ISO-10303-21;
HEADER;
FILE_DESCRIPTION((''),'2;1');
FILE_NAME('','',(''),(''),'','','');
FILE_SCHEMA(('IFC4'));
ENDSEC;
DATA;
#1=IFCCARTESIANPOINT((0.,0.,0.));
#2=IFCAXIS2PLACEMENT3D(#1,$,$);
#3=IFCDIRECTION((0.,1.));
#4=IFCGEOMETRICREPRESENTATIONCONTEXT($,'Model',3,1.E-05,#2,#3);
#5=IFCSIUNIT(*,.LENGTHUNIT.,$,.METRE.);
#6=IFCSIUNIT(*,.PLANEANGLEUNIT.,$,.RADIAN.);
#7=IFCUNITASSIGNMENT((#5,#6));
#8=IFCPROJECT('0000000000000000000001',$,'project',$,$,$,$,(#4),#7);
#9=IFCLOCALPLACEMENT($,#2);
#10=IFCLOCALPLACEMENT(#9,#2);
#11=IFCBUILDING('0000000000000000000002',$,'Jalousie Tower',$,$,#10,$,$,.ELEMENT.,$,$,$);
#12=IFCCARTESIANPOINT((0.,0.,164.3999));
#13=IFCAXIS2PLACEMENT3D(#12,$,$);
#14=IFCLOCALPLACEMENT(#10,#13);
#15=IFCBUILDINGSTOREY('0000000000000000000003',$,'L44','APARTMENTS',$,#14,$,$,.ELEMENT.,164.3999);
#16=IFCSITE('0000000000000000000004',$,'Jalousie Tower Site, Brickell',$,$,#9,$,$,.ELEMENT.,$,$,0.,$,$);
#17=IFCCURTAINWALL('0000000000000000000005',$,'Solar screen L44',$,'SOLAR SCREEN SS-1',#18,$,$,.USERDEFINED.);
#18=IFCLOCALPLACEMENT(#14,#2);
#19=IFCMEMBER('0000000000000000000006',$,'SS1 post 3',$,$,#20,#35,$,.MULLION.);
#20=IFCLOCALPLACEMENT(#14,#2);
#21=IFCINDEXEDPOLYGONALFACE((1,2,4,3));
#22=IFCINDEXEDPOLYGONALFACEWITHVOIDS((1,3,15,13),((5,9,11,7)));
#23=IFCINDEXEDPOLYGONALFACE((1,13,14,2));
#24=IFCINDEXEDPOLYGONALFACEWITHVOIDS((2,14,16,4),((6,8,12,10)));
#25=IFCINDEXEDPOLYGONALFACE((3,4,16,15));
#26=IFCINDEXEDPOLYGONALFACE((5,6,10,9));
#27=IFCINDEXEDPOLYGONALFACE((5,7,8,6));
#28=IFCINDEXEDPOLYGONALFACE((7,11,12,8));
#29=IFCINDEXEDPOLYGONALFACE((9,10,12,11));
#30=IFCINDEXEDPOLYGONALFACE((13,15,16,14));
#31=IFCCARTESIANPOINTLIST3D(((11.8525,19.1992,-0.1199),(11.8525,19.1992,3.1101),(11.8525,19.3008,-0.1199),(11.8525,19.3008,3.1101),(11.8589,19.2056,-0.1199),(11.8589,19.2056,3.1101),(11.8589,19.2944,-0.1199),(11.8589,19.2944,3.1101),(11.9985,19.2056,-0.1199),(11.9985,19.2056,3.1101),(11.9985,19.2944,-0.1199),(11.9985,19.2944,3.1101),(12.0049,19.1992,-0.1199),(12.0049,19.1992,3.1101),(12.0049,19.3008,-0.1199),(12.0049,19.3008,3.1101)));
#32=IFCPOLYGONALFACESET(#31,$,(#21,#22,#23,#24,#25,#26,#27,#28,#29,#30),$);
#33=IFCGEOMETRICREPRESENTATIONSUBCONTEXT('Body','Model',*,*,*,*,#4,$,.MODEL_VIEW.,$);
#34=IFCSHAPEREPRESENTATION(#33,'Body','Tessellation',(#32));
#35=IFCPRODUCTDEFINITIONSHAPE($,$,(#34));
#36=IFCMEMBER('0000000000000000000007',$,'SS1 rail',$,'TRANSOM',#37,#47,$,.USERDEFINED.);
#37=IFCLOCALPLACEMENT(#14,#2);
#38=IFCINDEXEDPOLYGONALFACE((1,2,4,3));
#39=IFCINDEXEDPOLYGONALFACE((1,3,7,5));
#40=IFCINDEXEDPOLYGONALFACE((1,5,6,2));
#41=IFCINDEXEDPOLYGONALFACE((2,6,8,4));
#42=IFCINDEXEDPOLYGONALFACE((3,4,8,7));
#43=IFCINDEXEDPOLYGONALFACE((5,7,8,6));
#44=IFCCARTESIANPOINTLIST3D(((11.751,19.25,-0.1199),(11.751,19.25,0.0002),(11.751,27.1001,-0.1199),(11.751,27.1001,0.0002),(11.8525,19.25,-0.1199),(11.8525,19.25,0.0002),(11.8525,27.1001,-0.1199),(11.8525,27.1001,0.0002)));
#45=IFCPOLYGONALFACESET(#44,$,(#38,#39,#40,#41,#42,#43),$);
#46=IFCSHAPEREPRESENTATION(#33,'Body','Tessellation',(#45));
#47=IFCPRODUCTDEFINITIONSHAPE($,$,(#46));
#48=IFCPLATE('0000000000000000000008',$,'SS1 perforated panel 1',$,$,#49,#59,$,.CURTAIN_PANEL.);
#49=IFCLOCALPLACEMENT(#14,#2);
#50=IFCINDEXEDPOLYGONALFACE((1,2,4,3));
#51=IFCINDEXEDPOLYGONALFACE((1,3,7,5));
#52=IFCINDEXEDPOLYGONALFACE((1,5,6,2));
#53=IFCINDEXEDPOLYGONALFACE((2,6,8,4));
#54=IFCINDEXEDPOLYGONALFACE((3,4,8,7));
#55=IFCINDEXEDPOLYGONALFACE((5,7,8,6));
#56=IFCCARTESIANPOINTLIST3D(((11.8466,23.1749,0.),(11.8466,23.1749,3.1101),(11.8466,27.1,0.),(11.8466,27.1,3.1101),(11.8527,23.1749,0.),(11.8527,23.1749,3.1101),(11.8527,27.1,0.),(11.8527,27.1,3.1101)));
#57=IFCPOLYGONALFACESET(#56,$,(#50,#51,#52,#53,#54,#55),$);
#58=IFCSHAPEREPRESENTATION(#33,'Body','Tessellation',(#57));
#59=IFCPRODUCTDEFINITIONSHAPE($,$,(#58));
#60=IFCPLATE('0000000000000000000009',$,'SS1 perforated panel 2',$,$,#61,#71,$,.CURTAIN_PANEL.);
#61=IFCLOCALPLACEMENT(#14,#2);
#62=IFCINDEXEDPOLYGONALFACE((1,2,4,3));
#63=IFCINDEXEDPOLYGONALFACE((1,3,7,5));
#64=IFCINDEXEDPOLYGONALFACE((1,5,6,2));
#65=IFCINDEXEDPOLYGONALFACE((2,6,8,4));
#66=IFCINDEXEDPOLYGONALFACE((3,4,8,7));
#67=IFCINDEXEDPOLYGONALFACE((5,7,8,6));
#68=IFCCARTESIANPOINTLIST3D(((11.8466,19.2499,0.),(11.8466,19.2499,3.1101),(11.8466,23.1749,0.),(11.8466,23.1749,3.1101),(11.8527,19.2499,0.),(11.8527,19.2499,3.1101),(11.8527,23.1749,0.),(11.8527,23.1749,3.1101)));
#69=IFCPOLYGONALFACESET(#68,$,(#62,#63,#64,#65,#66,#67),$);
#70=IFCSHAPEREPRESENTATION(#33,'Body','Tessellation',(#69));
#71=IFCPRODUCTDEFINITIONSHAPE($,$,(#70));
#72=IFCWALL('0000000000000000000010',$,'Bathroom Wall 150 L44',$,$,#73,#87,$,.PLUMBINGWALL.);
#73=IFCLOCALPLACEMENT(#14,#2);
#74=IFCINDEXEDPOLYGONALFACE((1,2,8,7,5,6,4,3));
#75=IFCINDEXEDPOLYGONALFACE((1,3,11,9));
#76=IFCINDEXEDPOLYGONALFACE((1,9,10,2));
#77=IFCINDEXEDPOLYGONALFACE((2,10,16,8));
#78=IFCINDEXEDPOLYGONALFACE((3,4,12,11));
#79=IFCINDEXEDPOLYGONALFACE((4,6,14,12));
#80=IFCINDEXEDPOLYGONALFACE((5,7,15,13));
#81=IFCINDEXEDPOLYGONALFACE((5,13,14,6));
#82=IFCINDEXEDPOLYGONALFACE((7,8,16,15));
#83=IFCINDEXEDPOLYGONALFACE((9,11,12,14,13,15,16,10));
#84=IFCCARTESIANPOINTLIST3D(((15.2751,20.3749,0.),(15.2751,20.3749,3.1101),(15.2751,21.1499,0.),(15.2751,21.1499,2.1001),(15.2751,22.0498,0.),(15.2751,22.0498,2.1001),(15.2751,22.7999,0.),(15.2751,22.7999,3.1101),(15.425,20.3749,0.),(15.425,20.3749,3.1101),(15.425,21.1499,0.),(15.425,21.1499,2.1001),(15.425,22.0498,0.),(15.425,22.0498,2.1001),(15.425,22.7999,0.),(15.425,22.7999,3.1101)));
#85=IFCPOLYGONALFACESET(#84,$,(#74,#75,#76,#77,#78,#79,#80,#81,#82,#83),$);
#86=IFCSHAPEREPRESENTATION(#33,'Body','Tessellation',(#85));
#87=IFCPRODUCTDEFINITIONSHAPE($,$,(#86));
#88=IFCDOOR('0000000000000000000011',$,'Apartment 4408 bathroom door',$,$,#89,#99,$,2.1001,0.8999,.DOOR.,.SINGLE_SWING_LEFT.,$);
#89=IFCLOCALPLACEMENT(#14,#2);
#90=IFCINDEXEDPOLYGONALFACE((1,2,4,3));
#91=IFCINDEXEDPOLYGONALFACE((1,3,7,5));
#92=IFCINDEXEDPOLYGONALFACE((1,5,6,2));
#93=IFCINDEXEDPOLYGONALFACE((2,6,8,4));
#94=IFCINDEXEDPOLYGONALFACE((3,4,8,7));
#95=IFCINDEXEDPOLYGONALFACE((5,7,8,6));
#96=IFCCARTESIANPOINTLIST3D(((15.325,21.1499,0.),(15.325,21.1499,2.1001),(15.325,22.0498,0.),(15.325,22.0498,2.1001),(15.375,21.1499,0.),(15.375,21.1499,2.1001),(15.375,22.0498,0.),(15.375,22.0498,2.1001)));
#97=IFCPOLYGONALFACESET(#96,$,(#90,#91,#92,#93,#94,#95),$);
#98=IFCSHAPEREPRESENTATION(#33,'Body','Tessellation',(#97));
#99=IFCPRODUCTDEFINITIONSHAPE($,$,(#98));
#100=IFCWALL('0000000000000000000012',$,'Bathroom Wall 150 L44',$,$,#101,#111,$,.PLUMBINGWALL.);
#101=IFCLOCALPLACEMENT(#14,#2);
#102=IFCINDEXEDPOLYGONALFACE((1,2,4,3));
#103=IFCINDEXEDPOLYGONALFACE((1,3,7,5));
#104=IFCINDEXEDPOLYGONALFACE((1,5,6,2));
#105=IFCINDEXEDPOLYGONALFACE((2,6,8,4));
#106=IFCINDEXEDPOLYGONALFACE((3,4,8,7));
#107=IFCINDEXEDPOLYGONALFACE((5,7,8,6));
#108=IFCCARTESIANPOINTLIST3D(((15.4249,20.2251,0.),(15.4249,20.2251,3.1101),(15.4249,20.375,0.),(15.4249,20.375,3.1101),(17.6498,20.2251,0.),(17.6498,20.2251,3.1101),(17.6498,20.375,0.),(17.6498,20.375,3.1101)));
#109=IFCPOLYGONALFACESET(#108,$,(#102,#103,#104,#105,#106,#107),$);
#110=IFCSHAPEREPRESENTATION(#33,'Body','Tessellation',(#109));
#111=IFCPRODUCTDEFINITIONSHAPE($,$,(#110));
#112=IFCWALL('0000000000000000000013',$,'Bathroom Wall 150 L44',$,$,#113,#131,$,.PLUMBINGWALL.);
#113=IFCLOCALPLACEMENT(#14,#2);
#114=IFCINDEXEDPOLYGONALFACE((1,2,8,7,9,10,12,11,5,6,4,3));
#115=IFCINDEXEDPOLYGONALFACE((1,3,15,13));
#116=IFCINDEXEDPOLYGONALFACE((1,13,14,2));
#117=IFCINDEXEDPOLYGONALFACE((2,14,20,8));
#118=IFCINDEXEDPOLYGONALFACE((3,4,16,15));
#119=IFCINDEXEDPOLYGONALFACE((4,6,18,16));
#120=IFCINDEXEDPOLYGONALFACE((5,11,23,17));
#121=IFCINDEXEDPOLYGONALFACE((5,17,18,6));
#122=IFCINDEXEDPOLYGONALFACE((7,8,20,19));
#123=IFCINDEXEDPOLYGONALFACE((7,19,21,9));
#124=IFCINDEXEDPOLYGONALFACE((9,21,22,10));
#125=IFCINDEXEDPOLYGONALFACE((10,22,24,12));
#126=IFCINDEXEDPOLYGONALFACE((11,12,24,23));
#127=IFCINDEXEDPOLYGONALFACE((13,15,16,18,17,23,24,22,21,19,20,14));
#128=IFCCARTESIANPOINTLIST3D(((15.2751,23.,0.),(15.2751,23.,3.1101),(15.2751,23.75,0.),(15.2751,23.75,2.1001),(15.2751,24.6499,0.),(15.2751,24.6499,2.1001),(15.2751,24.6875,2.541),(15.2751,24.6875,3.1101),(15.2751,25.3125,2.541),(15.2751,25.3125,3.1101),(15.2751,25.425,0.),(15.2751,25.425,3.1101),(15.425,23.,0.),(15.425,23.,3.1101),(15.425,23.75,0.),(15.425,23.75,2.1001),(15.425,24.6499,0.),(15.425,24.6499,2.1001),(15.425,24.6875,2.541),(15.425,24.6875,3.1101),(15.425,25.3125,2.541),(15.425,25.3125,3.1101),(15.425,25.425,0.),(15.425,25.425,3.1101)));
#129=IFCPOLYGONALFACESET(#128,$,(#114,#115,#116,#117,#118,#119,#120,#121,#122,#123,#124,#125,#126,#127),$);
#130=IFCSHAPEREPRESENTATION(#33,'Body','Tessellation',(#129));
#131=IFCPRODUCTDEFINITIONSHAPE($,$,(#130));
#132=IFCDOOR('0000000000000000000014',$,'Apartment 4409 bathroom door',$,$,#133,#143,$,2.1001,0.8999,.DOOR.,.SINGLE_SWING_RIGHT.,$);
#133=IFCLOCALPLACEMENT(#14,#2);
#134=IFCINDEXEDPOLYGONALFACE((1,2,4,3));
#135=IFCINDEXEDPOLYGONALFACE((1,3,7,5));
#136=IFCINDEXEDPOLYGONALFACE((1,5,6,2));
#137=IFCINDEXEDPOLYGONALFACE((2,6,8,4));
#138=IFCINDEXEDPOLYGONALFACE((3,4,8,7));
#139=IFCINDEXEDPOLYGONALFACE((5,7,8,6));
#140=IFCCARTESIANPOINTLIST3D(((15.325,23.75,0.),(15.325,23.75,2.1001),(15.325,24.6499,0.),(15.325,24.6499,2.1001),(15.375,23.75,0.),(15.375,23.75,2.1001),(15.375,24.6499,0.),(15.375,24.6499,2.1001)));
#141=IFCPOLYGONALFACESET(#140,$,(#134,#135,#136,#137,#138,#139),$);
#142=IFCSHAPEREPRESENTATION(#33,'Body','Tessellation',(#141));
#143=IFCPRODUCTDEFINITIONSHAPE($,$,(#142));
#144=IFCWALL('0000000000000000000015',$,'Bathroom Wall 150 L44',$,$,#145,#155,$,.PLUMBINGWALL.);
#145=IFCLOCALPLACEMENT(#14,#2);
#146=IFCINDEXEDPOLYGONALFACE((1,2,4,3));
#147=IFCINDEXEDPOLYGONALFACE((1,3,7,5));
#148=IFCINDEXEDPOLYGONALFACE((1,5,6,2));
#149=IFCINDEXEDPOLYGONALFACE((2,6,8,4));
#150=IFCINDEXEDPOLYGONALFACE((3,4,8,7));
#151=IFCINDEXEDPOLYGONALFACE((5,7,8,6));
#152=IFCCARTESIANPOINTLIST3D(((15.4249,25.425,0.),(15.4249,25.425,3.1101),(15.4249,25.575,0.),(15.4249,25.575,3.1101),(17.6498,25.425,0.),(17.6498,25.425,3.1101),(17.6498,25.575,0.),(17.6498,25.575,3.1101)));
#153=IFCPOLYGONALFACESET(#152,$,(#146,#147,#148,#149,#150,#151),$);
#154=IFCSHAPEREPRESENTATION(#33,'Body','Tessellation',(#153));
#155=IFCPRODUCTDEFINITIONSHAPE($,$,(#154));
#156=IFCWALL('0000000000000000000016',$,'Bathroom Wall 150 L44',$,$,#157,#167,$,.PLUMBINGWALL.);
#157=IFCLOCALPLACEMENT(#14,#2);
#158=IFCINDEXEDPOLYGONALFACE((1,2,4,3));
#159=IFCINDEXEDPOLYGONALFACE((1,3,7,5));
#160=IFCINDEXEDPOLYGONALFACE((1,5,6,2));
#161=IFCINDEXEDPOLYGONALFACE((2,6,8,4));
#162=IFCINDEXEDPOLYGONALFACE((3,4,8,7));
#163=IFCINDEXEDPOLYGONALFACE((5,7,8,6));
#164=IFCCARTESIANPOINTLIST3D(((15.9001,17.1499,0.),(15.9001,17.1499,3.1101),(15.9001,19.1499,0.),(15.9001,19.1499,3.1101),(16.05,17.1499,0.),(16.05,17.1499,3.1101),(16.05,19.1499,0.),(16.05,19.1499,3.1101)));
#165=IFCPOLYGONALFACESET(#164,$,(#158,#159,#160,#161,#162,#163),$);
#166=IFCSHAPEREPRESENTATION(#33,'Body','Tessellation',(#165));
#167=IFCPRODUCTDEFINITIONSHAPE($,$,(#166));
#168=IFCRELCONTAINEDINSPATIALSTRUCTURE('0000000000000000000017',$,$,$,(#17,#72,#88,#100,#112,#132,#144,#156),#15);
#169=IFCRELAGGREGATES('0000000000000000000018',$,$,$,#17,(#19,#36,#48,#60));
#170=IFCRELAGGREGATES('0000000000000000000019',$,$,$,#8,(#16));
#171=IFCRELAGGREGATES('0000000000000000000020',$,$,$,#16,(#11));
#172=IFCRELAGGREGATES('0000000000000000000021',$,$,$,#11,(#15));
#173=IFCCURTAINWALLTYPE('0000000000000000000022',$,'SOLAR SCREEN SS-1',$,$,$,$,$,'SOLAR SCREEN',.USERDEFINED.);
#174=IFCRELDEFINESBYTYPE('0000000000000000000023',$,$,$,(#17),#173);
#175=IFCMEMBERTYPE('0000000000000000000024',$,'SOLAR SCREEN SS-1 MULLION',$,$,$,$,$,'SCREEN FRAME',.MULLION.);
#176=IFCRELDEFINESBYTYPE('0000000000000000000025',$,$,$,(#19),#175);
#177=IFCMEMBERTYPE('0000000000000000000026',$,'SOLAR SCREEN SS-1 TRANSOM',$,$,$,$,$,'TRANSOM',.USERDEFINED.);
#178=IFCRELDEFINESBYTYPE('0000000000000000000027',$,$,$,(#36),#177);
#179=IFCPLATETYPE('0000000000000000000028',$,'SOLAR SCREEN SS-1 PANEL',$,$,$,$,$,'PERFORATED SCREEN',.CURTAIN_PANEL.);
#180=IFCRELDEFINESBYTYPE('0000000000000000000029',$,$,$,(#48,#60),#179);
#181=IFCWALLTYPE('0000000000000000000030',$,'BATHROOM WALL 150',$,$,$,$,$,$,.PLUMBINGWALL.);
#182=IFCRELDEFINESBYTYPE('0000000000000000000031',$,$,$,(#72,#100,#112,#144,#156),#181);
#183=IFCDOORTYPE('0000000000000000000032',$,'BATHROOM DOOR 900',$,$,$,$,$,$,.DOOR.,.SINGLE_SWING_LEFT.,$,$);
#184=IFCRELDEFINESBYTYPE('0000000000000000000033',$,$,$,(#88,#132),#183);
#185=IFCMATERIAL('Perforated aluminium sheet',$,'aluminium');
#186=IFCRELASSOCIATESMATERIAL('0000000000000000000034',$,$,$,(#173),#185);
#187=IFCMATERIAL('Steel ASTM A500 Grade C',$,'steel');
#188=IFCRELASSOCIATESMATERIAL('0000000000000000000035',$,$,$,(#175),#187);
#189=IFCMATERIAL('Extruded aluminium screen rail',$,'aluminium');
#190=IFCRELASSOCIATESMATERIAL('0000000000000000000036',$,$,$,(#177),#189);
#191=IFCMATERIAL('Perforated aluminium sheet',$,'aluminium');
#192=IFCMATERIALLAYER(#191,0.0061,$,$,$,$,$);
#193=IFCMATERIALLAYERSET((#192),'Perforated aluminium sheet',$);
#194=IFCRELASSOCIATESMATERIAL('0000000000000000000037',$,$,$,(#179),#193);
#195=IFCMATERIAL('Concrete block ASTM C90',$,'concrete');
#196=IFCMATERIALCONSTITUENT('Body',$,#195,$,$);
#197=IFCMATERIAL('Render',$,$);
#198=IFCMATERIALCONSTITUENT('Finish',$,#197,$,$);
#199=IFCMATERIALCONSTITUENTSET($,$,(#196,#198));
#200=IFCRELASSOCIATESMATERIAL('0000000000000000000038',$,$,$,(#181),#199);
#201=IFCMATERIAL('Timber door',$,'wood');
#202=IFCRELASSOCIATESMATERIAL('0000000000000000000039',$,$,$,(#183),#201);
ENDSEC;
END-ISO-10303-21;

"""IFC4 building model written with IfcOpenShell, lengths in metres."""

from ifc_helpers import new_model, si_unit, direction, frame, frame_2d, origin, origin_2d, place, context, subcontext, project, spatial, polyline, rectangle, hollow_rectangle, outline, extrude, material, layer, layer_set, constituent, constituent_set, material_profile, profile_set, type_object, element, fill, aggregate, save


model = new_model("IFC4")

# Units and contexts
model_context = context("Model", 3, precision=1e-05, world=origin(), true_north=direction((0.0, 1.0)))
body_context = subcontext(model_context, "Body", "Model", "MODEL_VIEW")
ifc_project = project(units=[si_unit("LENGTHUNIT", "METRE"), si_unit("PLANEANGLEUNIT", "RADIAN")], contexts=[model_context])

# Site, building, storey
site_placement = place(None, origin())
site = spatial("IfcSite", under=ifc_project, at=site_placement, Name="Jalousie Tower Site, Brickell", CompositionType="ELEMENT", RefElevation=0.0)
building_placement = place(site_placement, origin())
building = spatial("IfcBuilding", under=site, at=building_placement, Name="Jalousie Tower", CompositionType="ELEMENT")
storey_placement = place(building_placement, frame((0.0, 0.0, 164.3999)))
storey = spatial("IfcBuildingStorey", under=building, at=storey_placement, Name="L44", Description="APARTMENTS", CompositionType="ELEMENT", Elevation=164.3999)

# Shared definitions
ifc_material_1 = material(Name="Perforated aluminium sheet", Category="aluminium")
curtain_wall_type = type_object("IfcCurtainWallType", Name="SOLAR SCREEN SS-1", ElementType="SOLAR SCREEN", PredefinedType="USERDEFINED", material=ifc_material_1)
ifc_material_2 = material(Name="Steel ASTM A500 Grade C", Category="steel")
ifc_material_profile_1 = material_profile(ifc_material_2, hollow_rectangle(XDim=0.1016, YDim=0.1523, WallThickness=0.0063, at=origin_2d()), Name="HSS6X4X1/4")
ifc_profile_set_1 = profile_set([ifc_material_profile_1], Name="Steel ASTM A500 Grade C")
member_type_1 = type_object("IfcMemberType", Name="SOLAR SCREEN SS-1 MULLION", ElementType="SCREEN FRAME", PredefinedType="MULLION", material=ifc_profile_set_1)

# Curtain wall, members, plates
curtain_wall_1_placement = place(storey_placement, origin())
curtain_wall_1 = element("IfcCurtainWall", 1, at=curtain_wall_1_placement, inside=storey, type_object=curtain_wall_type, Name="Solar screen L44", ObjectType="SOLAR SCREEN SS-1", PredefinedType="USERDEFINED")
member_1_placement = place(storey_placement, frame((11.9287, 19.25, -0.1199), z_axis=(0.0, 0.0, 1.0), x_axis=(0.0, -1.0, 0.0)))
member_1 = element("IfcMember", 2, at=member_1_placement, type_object=member_type_1, Name="SS1 post 3", PredefinedType="MULLION", context=body_context, shape_type="SweptSolid", body=[
    extrude(hollow_rectangle(XDim=0.1016, YDim=0.1523, WallThickness=0.0063, at=origin_2d()), origin(), (0.0, 0.0, 1.0), 3.23),
])
ifc_material_3 = material(Name="Extruded aluminium screen rail", Category="aluminium")
ifc_material_profile_2 = material_profile(ifc_material_3, rectangle(XDim=0.1016, YDim=0.1201, at=origin_2d()), Name="RAIL 102x120")
ifc_profile_set_2 = profile_set([ifc_material_profile_2], Name="Extruded aluminium screen rail")
member_type_2 = type_object("IfcMemberType", Name="SOLAR SCREEN SS-1 TRANSOM", ElementType="TRANSOM", PredefinedType="USERDEFINED", material=ifc_profile_set_2)
member_2_placement = place(storey_placement, frame((11.8018, 27.1001, -0.0598), z_axis=(0.0, -1.0, 0.0), x_axis=(1.0, 0.0, 0.0)))
member_2 = element("IfcMember", 3, at=member_2_placement, type_object=member_type_2, Name="SS1 rail", ObjectType="TRANSOM", PredefinedType="USERDEFINED", context=body_context, shape_type="SweptSolid", body=[
    extrude(rectangle(XDim=0.1016, YDim=0.1201, at=origin_2d()), origin(), (0.0, 0.0, 1.0), 7.8501),
])
ifc_material_4 = material(Name="Perforated aluminium sheet", Category="aluminium")
ifc_layer_1 = layer(ifc_material_4, 0.0061)
ifc_layer_set_1 = layer_set([ifc_layer_1], Name="Perforated aluminium sheet")
plate_type = type_object("IfcPlateType", Name="SOLAR SCREEN SS-1 PANEL", ElementType="PERFORATED SCREEN", PredefinedType="CURTAIN_PANEL", material=ifc_layer_set_1)
plate_1_placement = place(storey_placement, frame((11.8496, 25.1375, 0.0), z_axis=(0.0, 0.0, 1.0), x_axis=(0.0, -1.0, 0.0)))
plate_1 = element("IfcPlate", 4, at=plate_1_placement, type_object=plate_type, Name="SS1 perforated panel 1", PredefinedType="CURTAIN_PANEL", context=body_context, shape_type="SweptSolid", body=[
    extrude(rectangle(XDim=3.925, YDim=0.0061, at=origin_2d()), origin(), (0.0, 0.0, 1.0), 3.1101),
])
plate_2_placement = place(storey_placement, frame((11.8496, 21.2124, 0.0), z_axis=(0.0, 0.0, 1.0), x_axis=(0.0, -1.0, 0.0)))
plate_2 = element("IfcPlate", 5, at=plate_2_placement, type_object=plate_type, Name="SS1 perforated panel 2", PredefinedType="CURTAIN_PANEL", context=body_context, shape_type="SweptSolid", body=[
    extrude(rectangle(XDim=3.925, YDim=0.0061, at=origin_2d()), origin(), (0.0, 0.0, 1.0), 3.1101),
])
aggregate(curtain_wall_1, [member_1, member_2, plate_1, plate_2])

# Wall, opening, door
ifc_material_5 = material(Name="Concrete block ASTM C90", Category="concrete")
ifc_constituent_1 = constituent(ifc_material_5, Name="Body")
ifc_material_6 = material(Name="Render")
ifc_constituent_2 = constituent(ifc_material_6, Name="Finish")
ifc_constituent_set_1 = constituent_set(constituents=[ifc_constituent_1, ifc_constituent_2])
wall_type_1 = type_object("IfcWallType", Name="BATHROOM WALL 150", PredefinedType="PLUMBINGWALL", material=ifc_constituent_set_1)
wall_1_placement = place(storey_placement, frame((15.3501, 20.375, 0.0), z_axis=(0.0, 0.0, 1.0), x_axis=(0.0, 1.0, 0.0)))
wall_1 = element("IfcWall", 6, at=wall_1_placement, inside=storey, type_object=wall_type_1, Name="Bathroom Wall 150 L44", PredefinedType="PLUMBINGWALL", context=body_context, shape_type="SweptSolid", body=[
    extrude(rectangle(XDim=2.425, YDim=0.1499, at=frame_2d((1.2124, 0.0))), origin(), (0.0, 0.0, 1.0), 3.1101),
])
opening_1_placement = place(wall_1_placement, frame((0.7749, 0.0, 0.0)))
opening_1 = element("IfcOpeningElement", 7, at=opening_1_placement, cuts=wall_1, PredefinedType="OPENING", context=body_context, shape_type="SweptSolid", body=[
    extrude(rectangle(XDim=0.8999, YDim=2.1001, at=frame_2d((0.45, 1.05))), frame((0.0, 0.085, 0.0), z_axis=(0.0, -1.0, 0.0), x_axis=(1.0, 0.0, 0.0)), (0.0, 0.0, 1.0), 0.1699),
])
ifc_material_7 = material(Name="Timber door", Category="wood")
door_type_1 = type_object("IfcDoorType", Name="BATHROOM DOOR 900", OperationType="SINGLE_SWING_LEFT", PredefinedType="DOOR", material=ifc_material_7)
door_1_placement = place(opening_1_placement, frame((0.8999, 0.0, 0.0), z_axis=(0.0, 0.0, 1.0), x_axis=(-1.0, 0.0, 0.0)))
door_1 = element("IfcDoor", 8, at=door_1_placement, inside=storey, type_object=door_type_1, Name="Apartment 4408 bathroom door", OperationType="SINGLE_SWING_LEFT", OverallHeight=2.1001, OverallWidth=0.8999, PredefinedType="DOOR", context=body_context, shape_type="SweptSolid", body=[
    extrude(rectangle(XDim=0.8999, YDim=2.1001, at=frame_2d((0.45, 1.05))), frame((0.0, 0.0249, 0.0), z_axis=(0.0, -1.0, 0.0), x_axis=(1.0, 0.0, 0.0)), (0.0, 0.0, 1.0), 0.05),
])
fill(opening_1, door_1)

# Wall
wall_2_placement = place(storey_placement, frame((15.425, 20.3, 0.0), z_axis=(0.0, 0.0, 1.0), x_axis=(1.0, 0.0, 0.0)))
element("IfcWall", 9, at=wall_2_placement, inside=storey, type_object=wall_type_1, Name="Bathroom Wall 150 L44", PredefinedType="PLUMBINGWALL", context=body_context, shape_type="SweptSolid", body=[
    extrude(rectangle(XDim=2.2249, YDim=0.1499, at=frame_2d((1.1123, 0.0))), origin(), (0.0, 0.0, 1.0), 3.1101),
])

# Wall, opening, door
wall_3_placement = place(storey_placement, frame((15.3501, 23.0, 0.0), z_axis=(0.0, 0.0, 1.0), x_axis=(0.0, 1.0, 0.0)))
wall_3 = element("IfcWall", 10, at=wall_3_placement, inside=storey, type_object=wall_type_1, Name="Bathroom Wall 150 L44", PredefinedType="PLUMBINGWALL", context=body_context, shape_type="SweptSolid", body=[
    extrude(outline(polyline([(0.0, 0.0), (2.425, 0.0), (2.425, 3.1101), (2.3125, 3.1101), (2.3125, 2.541), (1.6875, 2.541), (1.6875, 3.1101), (0.0, 3.1101), (0.0, 0.0)])), frame((0.0, 0.075, 0.0), z_axis=(0.0, -1.0, 0.0), x_axis=(1.0, 0.0, 0.0)), (0.0, 0.0, 1.0), 0.1499),
])
opening_2_placement = place(wall_3_placement, frame((0.75, 0.0, 0.0)))
opening_2 = element("IfcOpeningElement", 11, at=opening_2_placement, cuts=wall_3, PredefinedType="OPENING", context=body_context, shape_type="SweptSolid", body=[
    extrude(rectangle(XDim=0.8999, YDim=2.1001, at=frame_2d((0.45, 1.05))), frame((0.0, 0.085, 0.0), z_axis=(0.0, -1.0, 0.0), x_axis=(1.0, 0.0, 0.0)), (0.0, 0.0, 1.0), 0.1699),
])
door_2_placement = place(opening_2_placement, frame((0.8999, 0.0, 0.0), z_axis=(0.0, 0.0, 1.0), x_axis=(-1.0, 0.0, 0.0)))
door_2 = element("IfcDoor", 12, at=door_2_placement, inside=storey, type_object=door_type_1, Name="Apartment 4409 bathroom door", OperationType="SINGLE_SWING_RIGHT", OverallHeight=2.1001, OverallWidth=0.8999, PredefinedType="DOOR", context=body_context, shape_type="SweptSolid", body=[
    extrude(rectangle(XDim=0.8999, YDim=2.1001, at=frame_2d((0.45, 1.05))), frame((0.0, 0.0249, 0.0), z_axis=(0.0, -1.0, 0.0), x_axis=(1.0, 0.0, 0.0)), (0.0, 0.0, 1.0), 0.05),
])
fill(opening_2, door_2)

# Walls
wall_4_placement = place(storey_placement, frame((15.425, 25.5, 0.0), z_axis=(0.0, 0.0, 1.0), x_axis=(1.0, 0.0, 0.0)))
element("IfcWall", 13, at=wall_4_placement, inside=storey, type_object=wall_type_1, Name="Bathroom Wall 150 L44", PredefinedType="PLUMBINGWALL", context=body_context, shape_type="SweptSolid", body=[
    extrude(rectangle(XDim=2.2249, YDim=0.1499, at=frame_2d((1.1123, 0.0))), origin(), (0.0, 0.0, 1.0), 3.1101),
])
wall_5_placement = place(storey_placement, frame((15.9751, 19.1499, 0.0), z_axis=(0.0, 0.0, 1.0), x_axis=(0.0, -1.0, 0.0)))
element("IfcWall", 14, at=wall_5_placement, inside=storey, type_object=wall_type_1, Name="Bathroom Wall 150 L44", PredefinedType="PLUMBINGWALL", context=body_context, shape_type="SweptSolid", body=[
    extrude(rectangle(XDim=2.0, YDim=0.1499, at=frame_2d((1.0, 0.0))), origin(), (0.0, 0.0, 1.0), 3.1101),
])

save(model, "model.ifc")
